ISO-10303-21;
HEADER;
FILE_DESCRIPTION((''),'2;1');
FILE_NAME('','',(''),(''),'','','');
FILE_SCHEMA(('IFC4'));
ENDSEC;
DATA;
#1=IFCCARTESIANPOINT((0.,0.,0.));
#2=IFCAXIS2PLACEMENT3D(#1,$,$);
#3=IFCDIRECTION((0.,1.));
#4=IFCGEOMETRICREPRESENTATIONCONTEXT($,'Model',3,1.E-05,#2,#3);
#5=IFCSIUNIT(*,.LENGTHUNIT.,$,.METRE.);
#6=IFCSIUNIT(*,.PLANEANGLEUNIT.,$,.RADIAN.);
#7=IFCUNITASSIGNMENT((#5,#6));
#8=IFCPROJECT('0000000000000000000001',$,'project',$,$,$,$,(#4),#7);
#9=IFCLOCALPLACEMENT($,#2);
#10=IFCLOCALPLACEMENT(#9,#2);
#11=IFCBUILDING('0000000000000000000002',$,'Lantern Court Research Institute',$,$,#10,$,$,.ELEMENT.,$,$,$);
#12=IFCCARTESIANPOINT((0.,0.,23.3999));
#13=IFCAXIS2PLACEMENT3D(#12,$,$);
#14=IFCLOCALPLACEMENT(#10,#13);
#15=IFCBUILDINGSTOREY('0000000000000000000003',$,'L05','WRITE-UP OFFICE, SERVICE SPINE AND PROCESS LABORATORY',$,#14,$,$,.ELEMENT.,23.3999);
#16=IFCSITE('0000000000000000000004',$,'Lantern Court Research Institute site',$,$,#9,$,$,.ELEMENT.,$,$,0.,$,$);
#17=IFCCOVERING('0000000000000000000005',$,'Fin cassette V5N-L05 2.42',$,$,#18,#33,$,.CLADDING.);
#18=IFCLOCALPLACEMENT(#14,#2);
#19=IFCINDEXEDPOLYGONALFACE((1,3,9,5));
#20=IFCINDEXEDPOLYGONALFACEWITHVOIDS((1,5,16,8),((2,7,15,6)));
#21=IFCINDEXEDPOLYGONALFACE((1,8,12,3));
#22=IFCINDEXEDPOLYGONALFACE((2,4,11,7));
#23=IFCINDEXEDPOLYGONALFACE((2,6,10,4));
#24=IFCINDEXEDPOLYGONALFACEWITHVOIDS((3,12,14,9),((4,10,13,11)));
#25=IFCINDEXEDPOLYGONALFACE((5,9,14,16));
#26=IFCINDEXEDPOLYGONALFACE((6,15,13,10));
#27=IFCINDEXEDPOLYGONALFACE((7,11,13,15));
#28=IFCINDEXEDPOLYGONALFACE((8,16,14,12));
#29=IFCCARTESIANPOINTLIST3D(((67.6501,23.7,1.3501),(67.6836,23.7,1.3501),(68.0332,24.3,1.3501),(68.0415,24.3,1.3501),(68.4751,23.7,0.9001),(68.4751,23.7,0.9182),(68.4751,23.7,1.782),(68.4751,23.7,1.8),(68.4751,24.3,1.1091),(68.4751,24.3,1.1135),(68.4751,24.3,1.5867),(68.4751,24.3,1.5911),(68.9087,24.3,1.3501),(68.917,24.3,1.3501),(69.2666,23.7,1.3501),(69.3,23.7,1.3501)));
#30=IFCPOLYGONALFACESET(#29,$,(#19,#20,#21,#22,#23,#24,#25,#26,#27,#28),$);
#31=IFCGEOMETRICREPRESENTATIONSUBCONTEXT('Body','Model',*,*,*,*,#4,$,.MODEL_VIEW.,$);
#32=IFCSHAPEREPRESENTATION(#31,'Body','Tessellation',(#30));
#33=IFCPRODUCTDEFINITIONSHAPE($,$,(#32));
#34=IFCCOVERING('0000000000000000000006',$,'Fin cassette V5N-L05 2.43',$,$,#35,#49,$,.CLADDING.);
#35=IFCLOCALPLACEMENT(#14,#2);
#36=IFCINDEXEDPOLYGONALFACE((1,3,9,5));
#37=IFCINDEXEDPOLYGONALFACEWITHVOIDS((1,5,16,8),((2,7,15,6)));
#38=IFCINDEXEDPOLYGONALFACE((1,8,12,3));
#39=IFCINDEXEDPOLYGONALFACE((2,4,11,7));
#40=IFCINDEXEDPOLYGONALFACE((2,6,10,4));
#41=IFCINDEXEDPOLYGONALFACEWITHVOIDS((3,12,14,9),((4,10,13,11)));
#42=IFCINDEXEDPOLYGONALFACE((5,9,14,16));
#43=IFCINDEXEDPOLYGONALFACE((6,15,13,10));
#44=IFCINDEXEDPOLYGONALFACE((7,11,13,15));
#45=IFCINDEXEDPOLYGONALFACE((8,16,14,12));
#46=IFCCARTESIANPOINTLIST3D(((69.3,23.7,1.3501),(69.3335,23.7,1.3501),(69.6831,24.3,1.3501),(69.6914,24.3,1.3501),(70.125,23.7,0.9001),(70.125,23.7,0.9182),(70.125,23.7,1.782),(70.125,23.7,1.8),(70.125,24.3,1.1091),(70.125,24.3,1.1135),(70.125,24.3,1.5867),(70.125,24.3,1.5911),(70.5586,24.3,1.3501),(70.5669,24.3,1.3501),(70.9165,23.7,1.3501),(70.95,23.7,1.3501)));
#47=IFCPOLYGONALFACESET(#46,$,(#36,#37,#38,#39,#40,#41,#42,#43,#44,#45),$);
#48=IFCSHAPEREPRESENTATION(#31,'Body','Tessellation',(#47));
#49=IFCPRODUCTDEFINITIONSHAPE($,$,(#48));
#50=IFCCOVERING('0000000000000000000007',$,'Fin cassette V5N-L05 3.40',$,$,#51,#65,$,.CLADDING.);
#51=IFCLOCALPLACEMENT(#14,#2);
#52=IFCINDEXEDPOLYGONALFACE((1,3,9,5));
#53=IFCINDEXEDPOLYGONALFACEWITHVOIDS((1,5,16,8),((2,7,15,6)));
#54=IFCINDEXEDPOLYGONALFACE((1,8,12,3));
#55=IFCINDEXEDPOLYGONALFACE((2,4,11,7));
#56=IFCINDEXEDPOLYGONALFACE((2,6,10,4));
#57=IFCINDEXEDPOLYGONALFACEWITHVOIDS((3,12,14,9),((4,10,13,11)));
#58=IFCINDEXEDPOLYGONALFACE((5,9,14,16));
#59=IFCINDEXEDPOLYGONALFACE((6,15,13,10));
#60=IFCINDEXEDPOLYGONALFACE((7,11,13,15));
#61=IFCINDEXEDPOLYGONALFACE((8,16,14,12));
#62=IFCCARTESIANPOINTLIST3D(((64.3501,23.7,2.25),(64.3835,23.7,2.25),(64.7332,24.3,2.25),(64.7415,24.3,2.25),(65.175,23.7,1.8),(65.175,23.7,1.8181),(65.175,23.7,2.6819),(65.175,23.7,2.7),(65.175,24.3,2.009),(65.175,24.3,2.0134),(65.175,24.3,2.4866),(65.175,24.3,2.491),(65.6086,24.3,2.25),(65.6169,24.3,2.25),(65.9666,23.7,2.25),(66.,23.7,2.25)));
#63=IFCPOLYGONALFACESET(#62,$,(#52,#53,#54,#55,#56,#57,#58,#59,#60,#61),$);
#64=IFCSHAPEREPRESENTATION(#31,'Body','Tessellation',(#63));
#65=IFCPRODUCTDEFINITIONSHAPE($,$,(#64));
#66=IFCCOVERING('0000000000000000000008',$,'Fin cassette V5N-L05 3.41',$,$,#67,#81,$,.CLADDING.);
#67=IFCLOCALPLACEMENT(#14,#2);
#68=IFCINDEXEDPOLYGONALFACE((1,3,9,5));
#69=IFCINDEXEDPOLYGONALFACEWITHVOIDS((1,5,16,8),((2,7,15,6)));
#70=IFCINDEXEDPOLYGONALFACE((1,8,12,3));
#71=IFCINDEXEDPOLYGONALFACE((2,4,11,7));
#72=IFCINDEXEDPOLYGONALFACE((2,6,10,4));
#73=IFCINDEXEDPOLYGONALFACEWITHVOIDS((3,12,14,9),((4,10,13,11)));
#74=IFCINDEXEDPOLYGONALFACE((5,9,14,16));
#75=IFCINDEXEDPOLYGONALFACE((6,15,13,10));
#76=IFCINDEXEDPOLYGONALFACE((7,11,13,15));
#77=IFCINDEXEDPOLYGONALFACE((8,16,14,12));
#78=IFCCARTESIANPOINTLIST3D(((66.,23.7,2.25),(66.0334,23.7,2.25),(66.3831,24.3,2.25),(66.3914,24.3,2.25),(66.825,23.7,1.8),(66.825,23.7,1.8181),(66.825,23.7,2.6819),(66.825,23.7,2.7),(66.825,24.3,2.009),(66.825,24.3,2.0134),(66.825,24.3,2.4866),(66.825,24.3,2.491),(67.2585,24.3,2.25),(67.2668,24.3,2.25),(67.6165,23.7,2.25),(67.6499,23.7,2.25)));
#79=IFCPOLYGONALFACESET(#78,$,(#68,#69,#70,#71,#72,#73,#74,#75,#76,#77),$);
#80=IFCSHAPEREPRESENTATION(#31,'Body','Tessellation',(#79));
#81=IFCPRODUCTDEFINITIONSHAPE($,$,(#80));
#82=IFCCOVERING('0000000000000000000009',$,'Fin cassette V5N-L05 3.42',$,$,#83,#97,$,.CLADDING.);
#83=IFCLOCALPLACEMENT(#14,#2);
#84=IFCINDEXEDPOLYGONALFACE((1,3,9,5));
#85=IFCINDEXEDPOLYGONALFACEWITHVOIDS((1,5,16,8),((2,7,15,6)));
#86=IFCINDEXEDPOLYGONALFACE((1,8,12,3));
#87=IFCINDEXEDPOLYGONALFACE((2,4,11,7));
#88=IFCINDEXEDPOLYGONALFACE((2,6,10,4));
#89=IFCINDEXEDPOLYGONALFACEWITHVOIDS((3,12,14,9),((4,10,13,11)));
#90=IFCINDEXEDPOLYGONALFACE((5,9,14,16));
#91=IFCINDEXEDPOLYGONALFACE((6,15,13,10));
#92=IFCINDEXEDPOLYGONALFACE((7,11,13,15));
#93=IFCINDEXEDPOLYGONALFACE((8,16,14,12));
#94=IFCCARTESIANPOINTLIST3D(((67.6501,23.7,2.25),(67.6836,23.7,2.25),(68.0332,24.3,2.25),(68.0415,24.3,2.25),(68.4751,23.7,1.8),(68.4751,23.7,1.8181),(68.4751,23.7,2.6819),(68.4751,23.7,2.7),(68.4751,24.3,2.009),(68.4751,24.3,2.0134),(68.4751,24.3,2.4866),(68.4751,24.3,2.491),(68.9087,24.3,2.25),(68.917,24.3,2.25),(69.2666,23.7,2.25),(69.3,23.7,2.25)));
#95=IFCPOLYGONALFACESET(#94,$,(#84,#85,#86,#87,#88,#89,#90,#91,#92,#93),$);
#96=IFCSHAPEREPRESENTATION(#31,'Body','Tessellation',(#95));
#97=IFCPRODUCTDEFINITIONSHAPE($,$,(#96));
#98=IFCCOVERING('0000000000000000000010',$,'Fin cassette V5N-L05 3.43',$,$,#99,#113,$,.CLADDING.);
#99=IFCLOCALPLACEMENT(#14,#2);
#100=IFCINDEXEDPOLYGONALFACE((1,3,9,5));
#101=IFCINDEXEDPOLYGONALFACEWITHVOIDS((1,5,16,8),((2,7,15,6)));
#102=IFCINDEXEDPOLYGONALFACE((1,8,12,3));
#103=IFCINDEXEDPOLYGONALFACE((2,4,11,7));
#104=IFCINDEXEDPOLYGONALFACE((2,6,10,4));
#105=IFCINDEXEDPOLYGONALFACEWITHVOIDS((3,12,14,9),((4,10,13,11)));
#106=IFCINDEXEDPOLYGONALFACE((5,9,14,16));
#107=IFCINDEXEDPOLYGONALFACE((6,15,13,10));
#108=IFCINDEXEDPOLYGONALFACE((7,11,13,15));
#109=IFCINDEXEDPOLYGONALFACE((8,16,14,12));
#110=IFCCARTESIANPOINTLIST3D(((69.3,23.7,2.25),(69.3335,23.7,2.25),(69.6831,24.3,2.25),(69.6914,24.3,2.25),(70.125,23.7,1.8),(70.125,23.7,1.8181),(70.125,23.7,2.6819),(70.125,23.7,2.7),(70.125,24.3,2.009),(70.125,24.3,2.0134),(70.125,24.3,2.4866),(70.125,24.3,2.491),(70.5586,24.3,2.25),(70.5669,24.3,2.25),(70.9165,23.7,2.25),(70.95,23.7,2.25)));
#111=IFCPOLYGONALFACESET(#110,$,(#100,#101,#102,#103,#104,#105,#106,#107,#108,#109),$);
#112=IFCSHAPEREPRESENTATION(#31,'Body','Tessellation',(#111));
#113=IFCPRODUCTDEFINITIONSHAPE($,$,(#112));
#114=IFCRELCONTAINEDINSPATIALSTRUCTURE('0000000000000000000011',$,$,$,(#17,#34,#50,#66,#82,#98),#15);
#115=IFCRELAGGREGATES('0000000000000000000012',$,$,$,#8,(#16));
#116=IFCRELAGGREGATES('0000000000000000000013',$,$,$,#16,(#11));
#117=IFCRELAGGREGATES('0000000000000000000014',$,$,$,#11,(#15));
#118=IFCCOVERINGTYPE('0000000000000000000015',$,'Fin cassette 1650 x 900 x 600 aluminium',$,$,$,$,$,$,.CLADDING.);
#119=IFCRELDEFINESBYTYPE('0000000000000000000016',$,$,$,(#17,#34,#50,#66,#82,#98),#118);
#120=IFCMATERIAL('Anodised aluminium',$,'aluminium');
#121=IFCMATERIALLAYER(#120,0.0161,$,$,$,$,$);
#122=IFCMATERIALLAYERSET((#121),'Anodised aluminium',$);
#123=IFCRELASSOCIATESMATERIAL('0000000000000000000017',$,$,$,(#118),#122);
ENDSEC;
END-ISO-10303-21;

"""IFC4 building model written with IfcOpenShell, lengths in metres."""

from ifc_helpers import new_model, entity, si_unit, direction, frame, origin, place, context, subcontext, project, spatial, material, layer, layer_set, type_object, element, save


model = new_model("IFC4")

# Units and contexts
model_context = context("Model", 3, precision=1e-05, world=origin(), true_north=direction((0.0, 1.0)))
body_context = subcontext(model_context, "Body", "Model", "MODEL_VIEW")
ifc_project = project(units=[si_unit("LENGTHUNIT", "METRE"), si_unit("PLANEANGLEUNIT", "RADIAN")], contexts=[model_context])

# Site, building, storey
site_placement = place(None, origin())
site = spatial("IfcSite", under=ifc_project, at=site_placement, Name="Lantern Court Research Institute site", CompositionType="ELEMENT", RefElevation=0.0)
building_placement = place(site_placement, origin())
building = spatial("IfcBuilding", under=site, at=building_placement, Name="Lantern Court Research Institute", CompositionType="ELEMENT")
storey_placement = place(building_placement, frame((0.0, 0.0, 23.3999)))
storey = spatial("IfcBuildingStorey", under=building, at=storey_placement, Name="L05", Description="WRITE-UP OFFICE, SERVICE SPINE AND PROCESS LABORATORY", CompositionType="ELEMENT", Elevation=23.3999)

# Coverings
ifc_material_1 = material(Name="Anodised aluminium", Category="aluminium")
ifc_layer = layer(ifc_material_1, 0.0161)
ifc_layer_set = layer_set([ifc_layer], Name="Anodised aluminium")
covering_type_1 = type_object("IfcCoveringType", Name="Fin cassette 1650 x 900 x 600 aluminium", PredefinedType="CLADDING", material=ifc_layer_set)
covering_1_placement = place(storey_placement, frame((68.4751, 23.7, 1.3501), z_axis=(0.0, 1.0, 0.0), x_axis=(-1.0, 0.0, 0.0)))
cartesian_point_1 = entity("IfcCartesianPoint", [0.825, 0.0])
cartesian_point_2 = entity("IfcCartesianPoint", [0.7915, 0.0])
cartesian_point_3 = entity("IfcCartesianPoint", [0.4419, 0.0])
cartesian_point_4 = entity("IfcCartesianPoint", [0.4336, 0.0])
element("IfcCovering", 1, at=covering_1_placement, inside=storey, type_object=covering_type_1, Name="Fin cassette V5N-L05 2.42", PredefinedType="CLADDING", context=body_context, shape_type="SweptSolid", body=[
    entity("IfcExtrudedAreaSolidTapered", entity("IfcArbitraryProfileDefWithVoids", "AREA", None, entity("IfcPolyline", [cartesian_point_1, entity("IfcCartesianPoint", [0.0, 0.45]), entity("IfcCartesianPoint", [-0.825, 0.0]), entity("IfcCartesianPoint", [0.0, -0.45]), cartesian_point_1]), [entity("IfcPolyline", [cartesian_point_2, entity("IfcCartesianPoint", [0.0, 0.4319]), entity("IfcCartesianPoint", [-0.7915, 0.0]), entity("IfcCartesianPoint", [0.0, -0.4319]), cartesian_point_2])]), entity("IfcAxis2Placement3D", entity("IfcCartesianPoint", [0.0, 0.0, 0.0])), entity("IfcDirection", [0.0, 0.0, 1.0]), 0.6001, entity("IfcArbitraryProfileDefWithVoids", "AREA", None, entity("IfcPolyline", [cartesian_point_3, entity("IfcCartesianPoint", [0.0, 0.241]), entity("IfcCartesianPoint", [-0.4419, 0.0]), entity("IfcCartesianPoint", [0.0, -0.241]), cartesian_point_3]), [entity("IfcPolyline", [cartesian_point_4, entity("IfcCartesianPoint", [0.0, 0.2366]), entity("IfcCartesianPoint", [-0.4336, 0.0]), entity("IfcCartesianPoint", [0.0, -0.2366]), cartesian_point_4])])),
])
covering_2_placement = place(storey_placement, frame((70.125, 23.7, 1.3501), z_axis=(0.0, 1.0, 0.0), x_axis=(-1.0, 0.0, 0.0)))
cartesian_point_5 = entity("IfcCartesianPoint", [0.825, 0.0])
cartesian_point_6 = entity("IfcCartesianPoint", [0.7915, 0.0])
cartesian_point_7 = entity("IfcCartesianPoint", [0.4419, 0.0])
cartesian_point_8 = entity("IfcCartesianPoint", [0.4336, 0.0])
element("IfcCovering", 2, at=covering_2_placement, inside=storey, type_object=covering_type_1, Name="Fin cassette V5N-L05 2.43", PredefinedType="CLADDING", context=body_context, shape_type="SweptSolid", body=[
    entity("IfcExtrudedAreaSolidTapered", entity("IfcArbitraryProfileDefWithVoids", "AREA", None, entity("IfcPolyline", [cartesian_point_5, entity("IfcCartesianPoint", [0.0, 0.45]), entity("IfcCartesianPoint", [-0.825, 0.0]), entity("IfcCartesianPoint", [0.0, -0.45]), cartesian_point_5]), [entity("IfcPolyline", [cartesian_point_6, entity("IfcCartesianPoint", [0.0, 0.4319]), entity("IfcCartesianPoint", [-0.7915, 0.0]), entity("IfcCartesianPoint", [0.0, -0.4319]), cartesian_point_6])]), entity("IfcAxis2Placement3D", entity("IfcCartesianPoint", [0.0, 0.0, 0.0])), entity("IfcDirection", [0.0, 0.0, 1.0]), 0.6001, entity("IfcArbitraryProfileDefWithVoids", "AREA", None, entity("IfcPolyline", [cartesian_point_7, entity("IfcCartesianPoint", [0.0, 0.241]), entity("IfcCartesianPoint", [-0.4419, 0.0]), entity("IfcCartesianPoint", [0.0, -0.241]), cartesian_point_7]), [entity("IfcPolyline", [cartesian_point_8, entity("IfcCartesianPoint", [0.0, 0.2366]), entity("IfcCartesianPoint", [-0.4336, 0.0]), entity("IfcCartesianPoint", [0.0, -0.2366]), cartesian_point_8])])),
])
covering_3_placement = place(storey_placement, frame((65.175, 23.7, 2.25), z_axis=(0.0, 1.0, 0.0), x_axis=(-1.0, 0.0, 0.0)))
cartesian_point_9 = entity("IfcCartesianPoint", [0.825, 0.0])
cartesian_point_10 = entity("IfcCartesianPoint", [0.7915, 0.0])
cartesian_point_11 = entity("IfcCartesianPoint", [0.4419, 0.0])
cartesian_point_12 = entity("IfcCartesianPoint", [0.4336, 0.0])
element("IfcCovering", 3, at=covering_3_placement, inside=storey, type_object=covering_type_1, Name="Fin cassette V5N-L05 3.40", PredefinedType="CLADDING", context=body_context, shape_type="SweptSolid", body=[
    entity("IfcExtrudedAreaSolidTapered", entity("IfcArbitraryProfileDefWithVoids", "AREA", None, entity("IfcPolyline", [cartesian_point_9, entity("IfcCartesianPoint", [0.0, 0.45]), entity("IfcCartesianPoint", [-0.825, 0.0]), entity("IfcCartesianPoint", [0.0, -0.45]), cartesian_point_9]), [entity("IfcPolyline", [cartesian_point_10, entity("IfcCartesianPoint", [0.0, 0.4319]), entity("IfcCartesianPoint", [-0.7915, 0.0]), entity("IfcCartesianPoint", [0.0, -0.4319]), cartesian_point_10])]), entity("IfcAxis2Placement3D", entity("IfcCartesianPoint", [0.0, 0.0, 0.0])), entity("IfcDirection", [0.0, 0.0, 1.0]), 0.6001, entity("IfcArbitraryProfileDefWithVoids", "AREA", None, entity("IfcPolyline", [cartesian_point_11, entity("IfcCartesianPoint", [0.0, 0.241]), entity("IfcCartesianPoint", [-0.4419, 0.0]), entity("IfcCartesianPoint", [0.0, -0.241]), cartesian_point_11]), [entity("IfcPolyline", [cartesian_point_12, entity("IfcCartesianPoint", [0.0, 0.2366]), entity("IfcCartesianPoint", [-0.4336, 0.0]), entity("IfcCartesianPoint", [0.0, -0.2366]), cartesian_point_12])])),
])
covering_4_placement = place(storey_placement, frame((66.825, 23.7, 2.25), z_axis=(0.0, 1.0, 0.0), x_axis=(-1.0, 0.0, 0.0)))
cartesian_point_13 = entity("IfcCartesianPoint", [0.825, 0.0])
cartesian_point_14 = entity("IfcCartesianPoint", [0.7915, 0.0])
cartesian_point_15 = entity("IfcCartesianPoint", [0.4419, 0.0])
cartesian_point_16 = entity("IfcCartesianPoint", [0.4336, 0.0])
element("IfcCovering", 4, at=covering_4_placement, inside=storey, type_object=covering_type_1, Name="Fin cassette V5N-L05 3.41", PredefinedType="CLADDING", context=body_context, shape_type="SweptSolid", body=[
    entity("IfcExtrudedAreaSolidTapered", entity("IfcArbitraryProfileDefWithVoids", "AREA", None, entity("IfcPolyline", [cartesian_point_13, entity("IfcCartesianPoint", [0.0, 0.45]), entity("IfcCartesianPoint", [-0.825, 0.0]), entity("IfcCartesianPoint", [0.0, -0.45]), cartesian_point_13]), [entity("IfcPolyline", [cartesian_point_14, entity("IfcCartesianPoint", [0.0, 0.4319]), entity("IfcCartesianPoint", [-0.7915, 0.0]), entity("IfcCartesianPoint", [0.0, -0.4319]), cartesian_point_14])]), entity("IfcAxis2Placement3D", entity("IfcCartesianPoint", [0.0, 0.0, 0.0])), entity("IfcDirection", [0.0, 0.0, 1.0]), 0.6001, entity("IfcArbitraryProfileDefWithVoids", "AREA", None, entity("IfcPolyline", [cartesian_point_15, entity("IfcCartesianPoint", [0.0, 0.241]), entity("IfcCartesianPoint", [-0.4419, 0.0]), entity("IfcCartesianPoint", [0.0, -0.241]), cartesian_point_15]), [entity("IfcPolyline", [cartesian_point_16, entity("IfcCartesianPoint", [0.0, 0.2366]), entity("IfcCartesianPoint", [-0.4336, 0.0]), entity("IfcCartesianPoint", [0.0, -0.2366]), cartesian_point_16])])),
])
covering_5_placement = place(storey_placement, frame((68.4751, 23.7, 2.25), z_axis=(0.0, 1.0, 0.0), x_axis=(-1.0, 0.0, 0.0)))
cartesian_point_17 = entity("IfcCartesianPoint", [0.825, 0.0])
cartesian_point_18 = entity("IfcCartesianPoint", [0.7915, 0.0])
cartesian_point_19 = entity("IfcCartesianPoint", [0.4419, 0.0])
cartesian_point_20 = entity("IfcCartesianPoint", [0.4336, 0.0])
element("IfcCovering", 5, at=covering_5_placement, inside=storey, type_object=covering_type_1, Name="Fin cassette V5N-L05 3.42", PredefinedType="CLADDING", context=body_context, shape_type="SweptSolid", body=[
    entity("IfcExtrudedAreaSolidTapered", entity("IfcArbitraryProfileDefWithVoids", "AREA", None, entity("IfcPolyline", [cartesian_point_17, entity("IfcCartesianPoint", [0.0, 0.45]), entity("IfcCartesianPoint", [-0.825, 0.0]), entity("IfcCartesianPoint", [0.0, -0.45]), cartesian_point_17]), [entity("IfcPolyline", [cartesian_point_18, entity("IfcCartesianPoint", [0.0, 0.4319]), entity("IfcCartesianPoint", [-0.7915, 0.0]), entity("IfcCartesianPoint", [0.0, -0.4319]), cartesian_point_18])]), entity("IfcAxis2Placement3D", entity("IfcCartesianPoint", [0.0, 0.0, 0.0])), entity("IfcDirection", [0.0, 0.0, 1.0]), 0.6001, entity("IfcArbitraryProfileDefWithVoids", "AREA", None, entity("IfcPolyline", [cartesian_point_19, entity("IfcCartesianPoint", [0.0, 0.241]), entity("IfcCartesianPoint", [-0.4419, 0.0]), entity("IfcCartesianPoint", [0.0, -0.241]), cartesian_point_19]), [entity("IfcPolyline", [cartesian_point_20, entity("IfcCartesianPoint", [0.0, 0.2366]), entity("IfcCartesianPoint", [-0.4336, 0.0]), entity("IfcCartesianPoint", [0.0, -0.2366]), cartesian_point_20])])),
])
covering_6_placement = place(storey_placement, frame((70.125, 23.7, 2.25), z_axis=(0.0, 1.0, 0.0), x_axis=(-1.0, 0.0, 0.0)))
cartesian_point_21 = entity("IfcCartesianPoint", [0.825, 0.0])
cartesian_point_22 = entity("IfcCartesianPoint", [0.7915, 0.0])
cartesian_point_23 = entity("IfcCartesianPoint", [0.4419, 0.0])
cartesian_point_24 = entity("IfcCartesianPoint", [0.4336, 0.0])
element("IfcCovering", 6, at=covering_6_placement, inside=storey, type_object=covering_type_1, Name="Fin cassette V5N-L05 3.43", PredefinedType="CLADDING", context=body_context, shape_type="SweptSolid", body=[
    entity("IfcExtrudedAreaSolidTapered", entity("IfcArbitraryProfileDefWithVoids", "AREA", None, entity("IfcPolyline", [cartesian_point_21, entity("IfcCartesianPoint", [0.0, 0.45]), entity("IfcCartesianPoint", [-0.825, 0.0]), entity("IfcCartesianPoint", [0.0, -0.45]), cartesian_point_21]), [entity("IfcPolyline", [cartesian_point_22, entity("IfcCartesianPoint", [0.0, 0.4319]), entity("IfcCartesianPoint", [-0.7915, 0.0]), entity("IfcCartesianPoint", [0.0, -0.4319]), cartesian_point_22])]), entity("IfcAxis2Placement3D", entity("IfcCartesianPoint", [0.0, 0.0, 0.0])), entity("IfcDirection", [0.0, 0.0, 1.0]), 0.6001, entity("IfcArbitraryProfileDefWithVoids", "AREA", None, entity("IfcPolyline", [cartesian_point_23, entity("IfcCartesianPoint", [0.0, 0.241]), entity("IfcCartesianPoint", [-0.4419, 0.0]), entity("IfcCartesianPoint", [0.0, -0.241]), cartesian_point_23]), [entity("IfcPolyline", [cartesian_point_24, entity("IfcCartesianPoint", [0.0, 0.2366]), entity("IfcCartesianPoint", [-0.4336, 0.0]), entity("IfcCartesianPoint", [0.0, -0.2366]), cartesian_point_24])])),
])

save(model, "model.ifc")
